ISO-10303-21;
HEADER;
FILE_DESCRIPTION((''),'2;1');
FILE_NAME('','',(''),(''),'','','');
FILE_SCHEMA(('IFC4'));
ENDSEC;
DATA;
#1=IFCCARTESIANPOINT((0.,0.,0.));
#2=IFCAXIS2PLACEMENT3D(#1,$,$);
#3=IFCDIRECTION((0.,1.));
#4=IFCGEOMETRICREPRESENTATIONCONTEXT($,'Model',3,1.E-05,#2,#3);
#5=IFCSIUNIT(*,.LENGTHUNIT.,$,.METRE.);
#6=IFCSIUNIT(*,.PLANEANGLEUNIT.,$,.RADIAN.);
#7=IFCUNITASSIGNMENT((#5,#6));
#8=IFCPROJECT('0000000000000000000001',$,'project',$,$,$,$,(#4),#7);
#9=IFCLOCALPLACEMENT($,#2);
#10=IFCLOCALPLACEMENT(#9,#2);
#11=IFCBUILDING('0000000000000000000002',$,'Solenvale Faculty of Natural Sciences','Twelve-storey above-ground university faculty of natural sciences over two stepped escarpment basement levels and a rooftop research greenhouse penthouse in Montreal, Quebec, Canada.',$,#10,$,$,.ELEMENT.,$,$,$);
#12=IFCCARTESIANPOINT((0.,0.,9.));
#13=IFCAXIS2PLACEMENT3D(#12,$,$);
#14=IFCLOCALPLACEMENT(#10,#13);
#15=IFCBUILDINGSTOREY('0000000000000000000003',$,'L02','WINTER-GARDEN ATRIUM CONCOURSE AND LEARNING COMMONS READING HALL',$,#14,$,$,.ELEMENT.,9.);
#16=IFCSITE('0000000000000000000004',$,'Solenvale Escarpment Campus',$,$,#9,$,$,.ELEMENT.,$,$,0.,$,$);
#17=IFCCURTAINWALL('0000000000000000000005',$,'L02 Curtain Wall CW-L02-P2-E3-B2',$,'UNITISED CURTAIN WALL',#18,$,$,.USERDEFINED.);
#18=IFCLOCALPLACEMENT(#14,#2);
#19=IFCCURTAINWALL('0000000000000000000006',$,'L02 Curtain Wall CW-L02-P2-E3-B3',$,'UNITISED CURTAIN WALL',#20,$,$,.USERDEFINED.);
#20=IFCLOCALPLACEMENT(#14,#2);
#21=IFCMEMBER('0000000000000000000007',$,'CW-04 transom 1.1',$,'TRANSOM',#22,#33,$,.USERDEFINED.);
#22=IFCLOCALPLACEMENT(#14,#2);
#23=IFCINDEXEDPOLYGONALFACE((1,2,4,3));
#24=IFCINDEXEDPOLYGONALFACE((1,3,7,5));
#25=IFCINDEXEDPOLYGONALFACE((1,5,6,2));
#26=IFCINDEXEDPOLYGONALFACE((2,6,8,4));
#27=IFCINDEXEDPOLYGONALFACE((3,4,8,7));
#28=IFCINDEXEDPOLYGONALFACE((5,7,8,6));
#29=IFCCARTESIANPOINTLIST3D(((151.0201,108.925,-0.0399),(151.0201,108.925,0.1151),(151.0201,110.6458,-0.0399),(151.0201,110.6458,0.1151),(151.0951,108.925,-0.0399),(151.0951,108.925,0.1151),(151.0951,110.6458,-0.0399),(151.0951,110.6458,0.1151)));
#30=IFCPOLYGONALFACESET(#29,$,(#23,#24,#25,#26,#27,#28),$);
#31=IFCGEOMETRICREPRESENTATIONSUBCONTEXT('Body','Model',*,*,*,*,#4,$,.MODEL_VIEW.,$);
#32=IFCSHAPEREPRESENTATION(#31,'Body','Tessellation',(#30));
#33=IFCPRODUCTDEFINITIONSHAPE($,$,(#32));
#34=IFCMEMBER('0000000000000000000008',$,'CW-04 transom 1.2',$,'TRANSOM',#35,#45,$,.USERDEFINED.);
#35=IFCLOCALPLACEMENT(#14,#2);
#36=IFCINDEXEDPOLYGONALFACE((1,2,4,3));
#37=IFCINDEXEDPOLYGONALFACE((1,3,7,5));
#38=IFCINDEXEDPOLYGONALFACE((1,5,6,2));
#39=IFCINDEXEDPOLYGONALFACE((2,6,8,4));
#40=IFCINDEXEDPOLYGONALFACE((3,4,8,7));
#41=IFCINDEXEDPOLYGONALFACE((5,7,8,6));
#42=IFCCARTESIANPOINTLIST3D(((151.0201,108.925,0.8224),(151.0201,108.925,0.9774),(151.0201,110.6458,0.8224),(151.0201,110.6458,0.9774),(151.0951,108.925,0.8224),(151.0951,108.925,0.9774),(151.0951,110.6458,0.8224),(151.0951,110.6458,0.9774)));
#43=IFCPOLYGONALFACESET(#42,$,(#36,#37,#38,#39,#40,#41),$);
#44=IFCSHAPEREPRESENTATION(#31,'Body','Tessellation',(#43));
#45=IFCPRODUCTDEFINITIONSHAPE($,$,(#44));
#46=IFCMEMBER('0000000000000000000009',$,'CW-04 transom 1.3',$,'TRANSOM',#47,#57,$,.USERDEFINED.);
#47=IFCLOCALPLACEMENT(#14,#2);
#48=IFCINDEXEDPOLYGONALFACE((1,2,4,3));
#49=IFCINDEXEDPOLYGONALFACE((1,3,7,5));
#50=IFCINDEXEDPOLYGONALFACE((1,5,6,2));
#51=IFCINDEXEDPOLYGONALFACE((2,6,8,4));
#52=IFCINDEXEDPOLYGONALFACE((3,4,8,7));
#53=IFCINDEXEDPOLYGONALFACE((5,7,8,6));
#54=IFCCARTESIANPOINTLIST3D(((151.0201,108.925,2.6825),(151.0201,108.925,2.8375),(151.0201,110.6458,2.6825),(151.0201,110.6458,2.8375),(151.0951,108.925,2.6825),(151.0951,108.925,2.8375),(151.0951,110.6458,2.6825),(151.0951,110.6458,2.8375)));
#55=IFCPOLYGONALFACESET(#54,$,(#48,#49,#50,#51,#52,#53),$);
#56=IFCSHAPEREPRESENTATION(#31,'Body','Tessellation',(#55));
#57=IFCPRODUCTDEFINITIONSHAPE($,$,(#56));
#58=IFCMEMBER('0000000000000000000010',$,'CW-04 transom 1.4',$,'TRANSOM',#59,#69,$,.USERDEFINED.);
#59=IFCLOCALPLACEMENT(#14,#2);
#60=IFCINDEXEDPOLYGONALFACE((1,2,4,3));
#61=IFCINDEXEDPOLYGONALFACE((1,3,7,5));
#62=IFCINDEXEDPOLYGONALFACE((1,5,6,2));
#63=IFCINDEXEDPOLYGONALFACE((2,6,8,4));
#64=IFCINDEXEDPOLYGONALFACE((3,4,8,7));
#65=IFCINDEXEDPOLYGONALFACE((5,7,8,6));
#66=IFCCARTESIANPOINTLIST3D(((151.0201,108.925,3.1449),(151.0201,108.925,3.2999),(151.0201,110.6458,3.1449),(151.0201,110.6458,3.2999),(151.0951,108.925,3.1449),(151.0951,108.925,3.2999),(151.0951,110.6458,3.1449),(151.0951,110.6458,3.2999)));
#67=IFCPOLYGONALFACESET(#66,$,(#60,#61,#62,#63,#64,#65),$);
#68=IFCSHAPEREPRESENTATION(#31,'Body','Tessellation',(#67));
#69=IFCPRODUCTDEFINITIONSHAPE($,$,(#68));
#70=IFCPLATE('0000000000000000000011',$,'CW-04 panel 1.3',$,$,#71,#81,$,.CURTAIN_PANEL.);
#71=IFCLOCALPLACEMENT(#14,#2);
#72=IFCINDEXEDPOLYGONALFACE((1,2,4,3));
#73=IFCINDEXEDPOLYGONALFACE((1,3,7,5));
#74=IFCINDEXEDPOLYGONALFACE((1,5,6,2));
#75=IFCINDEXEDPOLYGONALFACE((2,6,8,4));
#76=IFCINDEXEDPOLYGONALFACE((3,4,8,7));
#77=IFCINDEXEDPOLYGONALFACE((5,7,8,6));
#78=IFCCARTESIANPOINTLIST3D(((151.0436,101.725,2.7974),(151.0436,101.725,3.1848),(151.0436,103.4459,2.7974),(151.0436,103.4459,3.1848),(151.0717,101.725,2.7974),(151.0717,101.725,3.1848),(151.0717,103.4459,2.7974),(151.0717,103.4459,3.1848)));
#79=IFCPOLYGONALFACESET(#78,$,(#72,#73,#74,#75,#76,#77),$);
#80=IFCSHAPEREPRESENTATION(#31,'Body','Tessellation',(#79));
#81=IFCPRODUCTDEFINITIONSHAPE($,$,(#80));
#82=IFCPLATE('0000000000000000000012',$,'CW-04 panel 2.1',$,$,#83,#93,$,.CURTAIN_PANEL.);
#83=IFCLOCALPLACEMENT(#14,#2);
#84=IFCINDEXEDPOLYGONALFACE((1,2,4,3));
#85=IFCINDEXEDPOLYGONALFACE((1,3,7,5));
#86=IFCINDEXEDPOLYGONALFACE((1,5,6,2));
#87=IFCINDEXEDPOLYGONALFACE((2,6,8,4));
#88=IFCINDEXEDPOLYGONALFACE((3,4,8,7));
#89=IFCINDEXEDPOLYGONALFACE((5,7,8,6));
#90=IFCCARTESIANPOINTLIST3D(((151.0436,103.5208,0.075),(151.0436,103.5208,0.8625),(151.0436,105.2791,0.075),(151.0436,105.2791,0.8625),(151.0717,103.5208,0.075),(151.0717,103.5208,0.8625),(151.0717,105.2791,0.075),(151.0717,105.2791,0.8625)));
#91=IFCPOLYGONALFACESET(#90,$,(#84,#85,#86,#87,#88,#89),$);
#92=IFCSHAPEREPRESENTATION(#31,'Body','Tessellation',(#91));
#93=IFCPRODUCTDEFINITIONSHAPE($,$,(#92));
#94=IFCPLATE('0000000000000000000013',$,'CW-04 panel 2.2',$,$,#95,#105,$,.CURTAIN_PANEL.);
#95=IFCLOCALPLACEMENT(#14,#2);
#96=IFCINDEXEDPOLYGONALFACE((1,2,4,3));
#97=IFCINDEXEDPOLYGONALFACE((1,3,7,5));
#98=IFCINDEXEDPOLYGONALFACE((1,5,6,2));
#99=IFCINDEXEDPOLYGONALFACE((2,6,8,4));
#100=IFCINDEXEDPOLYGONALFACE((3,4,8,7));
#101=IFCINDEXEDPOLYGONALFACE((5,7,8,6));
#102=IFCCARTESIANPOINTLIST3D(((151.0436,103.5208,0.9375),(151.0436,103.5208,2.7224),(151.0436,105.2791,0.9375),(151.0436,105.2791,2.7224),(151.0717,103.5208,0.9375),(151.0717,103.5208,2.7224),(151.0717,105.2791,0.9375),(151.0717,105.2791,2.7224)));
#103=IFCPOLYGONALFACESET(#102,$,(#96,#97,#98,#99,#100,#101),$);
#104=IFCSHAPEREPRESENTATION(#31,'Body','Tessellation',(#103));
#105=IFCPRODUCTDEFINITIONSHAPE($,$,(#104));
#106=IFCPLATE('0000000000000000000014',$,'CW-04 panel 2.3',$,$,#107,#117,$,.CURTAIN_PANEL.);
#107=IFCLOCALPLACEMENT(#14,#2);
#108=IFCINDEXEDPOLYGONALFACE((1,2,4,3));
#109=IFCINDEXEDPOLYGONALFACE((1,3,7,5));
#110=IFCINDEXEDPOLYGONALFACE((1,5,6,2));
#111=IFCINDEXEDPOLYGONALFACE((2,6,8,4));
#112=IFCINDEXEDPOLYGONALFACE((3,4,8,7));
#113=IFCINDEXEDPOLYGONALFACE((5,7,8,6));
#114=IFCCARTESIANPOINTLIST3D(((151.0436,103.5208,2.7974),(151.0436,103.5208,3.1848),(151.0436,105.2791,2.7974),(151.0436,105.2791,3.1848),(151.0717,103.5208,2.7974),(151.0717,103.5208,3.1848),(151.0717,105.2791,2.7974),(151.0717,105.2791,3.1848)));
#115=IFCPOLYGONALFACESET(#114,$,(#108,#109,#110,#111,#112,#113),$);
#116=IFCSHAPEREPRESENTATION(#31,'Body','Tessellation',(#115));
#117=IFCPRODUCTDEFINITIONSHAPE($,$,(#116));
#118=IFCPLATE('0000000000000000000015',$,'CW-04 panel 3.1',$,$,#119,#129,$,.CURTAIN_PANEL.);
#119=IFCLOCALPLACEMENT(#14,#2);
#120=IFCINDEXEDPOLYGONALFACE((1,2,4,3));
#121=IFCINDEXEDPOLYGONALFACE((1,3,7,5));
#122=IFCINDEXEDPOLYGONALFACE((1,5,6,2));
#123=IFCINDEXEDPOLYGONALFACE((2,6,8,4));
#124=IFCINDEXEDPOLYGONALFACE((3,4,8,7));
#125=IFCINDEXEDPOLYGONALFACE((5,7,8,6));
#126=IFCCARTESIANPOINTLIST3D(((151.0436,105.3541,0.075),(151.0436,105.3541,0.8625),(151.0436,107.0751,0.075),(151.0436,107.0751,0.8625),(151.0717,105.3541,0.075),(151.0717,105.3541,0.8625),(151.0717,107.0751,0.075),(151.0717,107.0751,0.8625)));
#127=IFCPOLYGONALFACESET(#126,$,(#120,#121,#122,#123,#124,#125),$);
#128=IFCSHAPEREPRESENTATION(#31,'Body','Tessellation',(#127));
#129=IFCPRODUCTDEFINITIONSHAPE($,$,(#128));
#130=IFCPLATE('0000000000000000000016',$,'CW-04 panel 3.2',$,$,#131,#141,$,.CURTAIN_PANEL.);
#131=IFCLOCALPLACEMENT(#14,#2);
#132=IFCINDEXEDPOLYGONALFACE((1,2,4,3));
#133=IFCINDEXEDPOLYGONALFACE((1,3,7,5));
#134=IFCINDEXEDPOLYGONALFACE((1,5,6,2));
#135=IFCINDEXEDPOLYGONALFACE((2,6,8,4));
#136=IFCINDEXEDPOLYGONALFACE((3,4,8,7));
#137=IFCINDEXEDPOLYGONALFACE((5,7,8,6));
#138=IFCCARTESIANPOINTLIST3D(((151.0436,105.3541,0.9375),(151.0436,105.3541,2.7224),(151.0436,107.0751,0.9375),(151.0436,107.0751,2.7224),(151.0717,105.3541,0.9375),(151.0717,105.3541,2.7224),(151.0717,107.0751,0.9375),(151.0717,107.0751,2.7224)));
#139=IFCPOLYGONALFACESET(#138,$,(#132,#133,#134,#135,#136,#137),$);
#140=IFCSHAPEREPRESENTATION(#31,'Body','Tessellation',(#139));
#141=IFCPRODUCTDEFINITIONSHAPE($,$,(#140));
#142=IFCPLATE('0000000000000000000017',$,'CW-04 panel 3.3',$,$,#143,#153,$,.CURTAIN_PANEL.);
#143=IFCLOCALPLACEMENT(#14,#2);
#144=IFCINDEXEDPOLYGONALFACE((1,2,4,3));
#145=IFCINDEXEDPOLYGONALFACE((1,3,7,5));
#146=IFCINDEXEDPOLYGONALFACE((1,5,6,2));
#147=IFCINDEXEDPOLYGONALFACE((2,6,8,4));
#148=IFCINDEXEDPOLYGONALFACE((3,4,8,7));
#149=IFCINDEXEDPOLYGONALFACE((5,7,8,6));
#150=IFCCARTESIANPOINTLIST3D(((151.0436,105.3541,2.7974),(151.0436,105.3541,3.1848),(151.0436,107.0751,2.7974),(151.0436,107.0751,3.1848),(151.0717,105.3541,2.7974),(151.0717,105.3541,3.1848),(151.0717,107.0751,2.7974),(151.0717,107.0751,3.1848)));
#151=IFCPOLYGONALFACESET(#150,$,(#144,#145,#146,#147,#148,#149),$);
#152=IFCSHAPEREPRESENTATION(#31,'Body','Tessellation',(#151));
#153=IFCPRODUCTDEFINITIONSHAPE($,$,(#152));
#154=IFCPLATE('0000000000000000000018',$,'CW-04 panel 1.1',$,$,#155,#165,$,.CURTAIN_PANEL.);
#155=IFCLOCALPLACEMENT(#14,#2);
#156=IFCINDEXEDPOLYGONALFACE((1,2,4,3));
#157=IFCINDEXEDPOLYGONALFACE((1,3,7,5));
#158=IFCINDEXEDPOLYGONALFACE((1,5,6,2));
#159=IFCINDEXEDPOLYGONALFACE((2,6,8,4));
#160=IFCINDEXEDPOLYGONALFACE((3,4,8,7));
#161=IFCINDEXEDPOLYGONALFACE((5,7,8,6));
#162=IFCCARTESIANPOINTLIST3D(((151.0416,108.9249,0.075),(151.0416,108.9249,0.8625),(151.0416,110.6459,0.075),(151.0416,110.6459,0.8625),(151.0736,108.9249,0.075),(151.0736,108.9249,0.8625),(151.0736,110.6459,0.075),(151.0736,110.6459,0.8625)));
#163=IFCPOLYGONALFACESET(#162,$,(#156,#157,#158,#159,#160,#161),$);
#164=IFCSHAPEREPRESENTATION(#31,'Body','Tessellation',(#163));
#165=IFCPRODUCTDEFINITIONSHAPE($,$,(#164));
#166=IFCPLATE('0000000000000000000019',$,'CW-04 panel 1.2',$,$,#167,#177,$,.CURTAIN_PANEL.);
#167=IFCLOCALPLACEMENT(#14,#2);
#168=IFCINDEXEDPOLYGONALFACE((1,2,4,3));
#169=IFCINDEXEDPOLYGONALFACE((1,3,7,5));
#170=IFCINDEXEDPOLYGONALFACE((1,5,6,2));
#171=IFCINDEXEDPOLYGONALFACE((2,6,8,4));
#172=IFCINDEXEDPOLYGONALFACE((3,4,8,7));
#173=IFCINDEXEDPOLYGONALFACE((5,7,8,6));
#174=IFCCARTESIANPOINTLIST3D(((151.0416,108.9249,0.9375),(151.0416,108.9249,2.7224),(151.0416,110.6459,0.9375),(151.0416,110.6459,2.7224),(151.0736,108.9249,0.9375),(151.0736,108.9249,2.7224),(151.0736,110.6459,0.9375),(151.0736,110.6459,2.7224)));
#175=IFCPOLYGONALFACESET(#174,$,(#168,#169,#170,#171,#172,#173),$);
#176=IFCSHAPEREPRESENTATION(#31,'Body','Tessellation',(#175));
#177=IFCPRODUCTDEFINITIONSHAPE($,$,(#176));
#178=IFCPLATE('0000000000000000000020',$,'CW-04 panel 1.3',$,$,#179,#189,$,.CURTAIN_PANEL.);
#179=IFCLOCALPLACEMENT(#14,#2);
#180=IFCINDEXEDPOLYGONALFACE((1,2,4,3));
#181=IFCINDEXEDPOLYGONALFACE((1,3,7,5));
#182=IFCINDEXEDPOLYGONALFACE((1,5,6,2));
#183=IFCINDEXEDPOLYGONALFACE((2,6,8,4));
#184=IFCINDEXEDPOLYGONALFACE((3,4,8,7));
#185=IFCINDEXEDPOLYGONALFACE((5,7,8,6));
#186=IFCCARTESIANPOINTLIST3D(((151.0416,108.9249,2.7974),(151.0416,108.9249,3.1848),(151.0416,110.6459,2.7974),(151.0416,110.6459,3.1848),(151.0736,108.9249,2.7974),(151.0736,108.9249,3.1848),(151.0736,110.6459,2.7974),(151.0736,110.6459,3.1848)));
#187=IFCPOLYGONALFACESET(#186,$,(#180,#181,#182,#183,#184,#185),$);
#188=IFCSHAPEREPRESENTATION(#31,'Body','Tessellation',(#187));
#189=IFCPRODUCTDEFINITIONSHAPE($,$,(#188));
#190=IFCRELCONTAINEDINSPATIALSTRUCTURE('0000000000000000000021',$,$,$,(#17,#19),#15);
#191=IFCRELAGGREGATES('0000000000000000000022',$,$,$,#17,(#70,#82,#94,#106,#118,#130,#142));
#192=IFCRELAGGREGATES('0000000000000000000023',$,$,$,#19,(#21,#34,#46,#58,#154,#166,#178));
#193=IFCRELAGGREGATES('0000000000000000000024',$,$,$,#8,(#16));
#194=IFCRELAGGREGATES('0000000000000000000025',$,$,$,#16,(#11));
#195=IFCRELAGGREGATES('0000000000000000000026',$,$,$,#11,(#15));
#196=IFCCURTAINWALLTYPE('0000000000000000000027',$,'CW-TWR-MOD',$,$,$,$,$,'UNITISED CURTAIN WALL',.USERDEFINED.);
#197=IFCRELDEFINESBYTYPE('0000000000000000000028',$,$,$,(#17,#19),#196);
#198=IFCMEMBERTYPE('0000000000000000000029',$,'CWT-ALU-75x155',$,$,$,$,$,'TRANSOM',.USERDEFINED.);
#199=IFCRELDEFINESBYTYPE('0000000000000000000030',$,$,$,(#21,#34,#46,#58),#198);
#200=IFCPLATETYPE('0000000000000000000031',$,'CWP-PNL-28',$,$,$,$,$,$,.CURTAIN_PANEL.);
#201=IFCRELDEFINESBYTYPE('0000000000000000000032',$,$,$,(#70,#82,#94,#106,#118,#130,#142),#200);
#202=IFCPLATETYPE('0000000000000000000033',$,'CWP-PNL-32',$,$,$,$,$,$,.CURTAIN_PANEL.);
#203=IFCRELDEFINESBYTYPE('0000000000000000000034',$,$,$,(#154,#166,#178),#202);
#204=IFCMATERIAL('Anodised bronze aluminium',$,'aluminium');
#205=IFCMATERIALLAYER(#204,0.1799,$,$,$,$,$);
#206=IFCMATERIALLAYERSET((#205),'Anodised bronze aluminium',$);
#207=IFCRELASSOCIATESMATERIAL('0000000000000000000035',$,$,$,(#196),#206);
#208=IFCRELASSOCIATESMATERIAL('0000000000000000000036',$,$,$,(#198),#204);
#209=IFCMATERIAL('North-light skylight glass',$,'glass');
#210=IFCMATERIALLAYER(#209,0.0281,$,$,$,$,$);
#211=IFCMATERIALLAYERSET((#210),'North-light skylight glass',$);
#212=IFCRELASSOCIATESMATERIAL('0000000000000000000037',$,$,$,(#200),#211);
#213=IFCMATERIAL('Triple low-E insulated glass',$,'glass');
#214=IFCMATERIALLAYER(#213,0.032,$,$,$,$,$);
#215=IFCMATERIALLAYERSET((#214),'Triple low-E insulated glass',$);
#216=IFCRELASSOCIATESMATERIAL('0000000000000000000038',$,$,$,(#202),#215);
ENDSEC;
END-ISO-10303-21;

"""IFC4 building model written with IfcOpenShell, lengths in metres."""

from ifc_helpers import new_model, si_unit, direction, frame, origin, origin_2d, place, context, subcontext, project, spatial, rectangle, extrude, material, layer, layer_set, material_profile, profile_set, type_object, element, aggregate, save


model = new_model("IFC4")

# Units and contexts
model_context = context("Model", 3, precision=1e-05, world=origin(), true_north=direction((0.0, 1.0)))
body_context = subcontext(model_context, "Body", "Model", "MODEL_VIEW")
ifc_project = project(units=[si_unit("LENGTHUNIT", "METRE"), si_unit("PLANEANGLEUNIT", "RADIAN")], contexts=[model_context])

# Site, building, storey
site_placement = place(None, origin())
site = spatial("IfcSite", under=ifc_project, at=site_placement, Name="Solenvale Escarpment Campus", CompositionType="ELEMENT", RefElevation=0.0)
building_placement = place(site_placement, origin())
building = spatial("IfcBuilding", under=site, at=building_placement, Name="Solenvale Faculty of Natural Sciences", Description="Twelve-storey above-ground university faculty of natural sciences over two stepped escarpment basement levels and a rooftop research greenhouse penthouse in Montreal, Quebec, Canada.", CompositionType="ELEMENT")
storey_placement = place(building_placement, frame((0.0, 0.0, 9.0)))
storey = spatial("IfcBuildingStorey", under=building, at=storey_placement, Name="L02", Description="WINTER-GARDEN ATRIUM CONCOURSE AND LEARNING COMMONS READING HALL", CompositionType="ELEMENT", Elevation=9.0)

# Curtain wall
ifc_material_1 = material(Name="Anodised bronze aluminium", Category="aluminium")
ifc_layer_1 = layer(ifc_material_1, 0.1799)
ifc_layer_set_1 = layer_set([ifc_layer_1], Name="Anodised bronze aluminium")
curtain_wall_type = type_object("IfcCurtainWallType", Name="CW-TWR-MOD", ElementType="UNITISED CURTAIN WALL", PredefinedType="USERDEFINED", material=ifc_layer_set_1)
curtain_wall_1_placement = place(storey_placement, origin())
curtain_wall_1 = element("IfcCurtainWall", 1, at=curtain_wall_1_placement, inside=storey, type_object=curtain_wall_type, Name="L02 Curtain Wall CW-L02-P2-E3-B2", ObjectType="UNITISED CURTAIN WALL", PredefinedType="USERDEFINED")

# Curtain wall
curtain_wall_2_placement = place(storey_placement, origin())
curtain_wall_2 = element("IfcCurtainWall", 2, at=curtain_wall_2_placement, inside=storey, type_object=curtain_wall_type, Name="L02 Curtain Wall CW-L02-P2-E3-B3", ObjectType="UNITISED CURTAIN WALL", PredefinedType="USERDEFINED")

# Members
ifc_material_profile_1 = material_profile(ifc_material_1, rectangle(XDim=0.075, YDim=0.155, at=origin_2d()), Name="ALU-TRN-75x155")
ifc_profile_set_1 = profile_set([ifc_material_profile_1], Name="Anodised bronze aluminium")
member_type_1 = type_object("IfcMemberType", Name="CWT-ALU-75x155", ElementType="TRANSOM", PredefinedType="USERDEFINED", material=ifc_profile_set_1)
member_1_placement = place(storey_placement, frame((151.0576, 108.925, 0.0376), z_axis=(0.0, 1.0, 0.0), x_axis=(-1.0, 0.0, 0.0)))
member_1 = element("IfcMember", 3, at=member_1_placement, type_object=member_type_1, Name="CW-04 transom 1.1", ObjectType="TRANSOM", PredefinedType="USERDEFINED", context=body_context, shape_type="SweptSolid", body=[
    extrude(rectangle(XDim=0.075, YDim=0.155, at=origin_2d()), origin(), (0.0, 0.0, 1.0), 1.7207),
])
member_2_placement = place(storey_placement, frame((151.0576, 108.925, 0.8999), z_axis=(0.0, 1.0, 0.0), x_axis=(-1.0, 0.0, 0.0)))
member_2 = element("IfcMember", 4, at=member_2_placement, type_object=member_type_1, Name="CW-04 transom 1.2", ObjectType="TRANSOM", PredefinedType="USERDEFINED", context=body_context, shape_type="SweptSolid", body=[
    extrude(rectangle(XDim=0.075, YDim=0.155, at=origin_2d()), origin(), (0.0, 0.0, 1.0), 1.7207),
])
member_3_placement = place(storey_placement, frame((151.0576, 108.925, 2.76), z_axis=(0.0, 1.0, 0.0), x_axis=(-1.0, 0.0, 0.0)))
member_3 = element("IfcMember", 5, at=member_3_placement, type_object=member_type_1, Name="CW-04 transom 1.3", ObjectType="TRANSOM", PredefinedType="USERDEFINED", context=body_context, shape_type="SweptSolid", body=[
    extrude(rectangle(XDim=0.075, YDim=0.155, at=origin_2d()), origin(), (0.0, 0.0, 1.0), 1.7207),
])
member_4_placement = place(storey_placement, frame((151.0576, 108.925, 3.2224), z_axis=(0.0, 1.0, 0.0), x_axis=(-1.0, 0.0, 0.0)))
member_4 = element("IfcMember", 6, at=member_4_placement, type_object=member_type_1, Name="CW-04 transom 1.4", ObjectType="TRANSOM", PredefinedType="USERDEFINED", context=body_context, shape_type="SweptSolid", body=[
    extrude(rectangle(XDim=0.075, YDim=0.155, at=origin_2d()), origin(), (0.0, 0.0, 1.0), 1.7207),
])

# Plates
ifc_material_2 = material(Name="North-light skylight glass", Category="glass")
ifc_layer_2 = layer(ifc_material_2, 0.0281)
ifc_layer_set_2 = layer_set([ifc_layer_2], Name="North-light skylight glass")
plate_type_1 = type_object("IfcPlateType", Name="CWP-PNL-28", PredefinedType="CURTAIN_PANEL", material=ifc_layer_set_2)
plate_1_placement = place(storey_placement, frame((151.0576, 102.5854, 2.7974), z_axis=(0.0, 0.0, 1.0), x_axis=(0.0, 1.0, 0.0)))
plate_1 = element("IfcPlate", 7, at=plate_1_placement, type_object=plate_type_1, Name="CW-04 panel 1.3", PredefinedType="CURTAIN_PANEL", context=body_context, shape_type="SweptSolid", body=[
    extrude(rectangle(XDim=1.7209, YDim=0.0281, at=origin_2d()), origin(), (0.0, 0.0, 1.0), 0.3875),
])
plate_2_placement = place(storey_placement, frame((151.0576, 104.3999, 0.075), z_axis=(0.0, 0.0, 1.0), x_axis=(0.0, 1.0, 0.0)))
plate_2 = element("IfcPlate", 8, at=plate_2_placement, type_object=plate_type_1, Name="CW-04 panel 2.1", PredefinedType="CURTAIN_PANEL", context=body_context, shape_type="SweptSolid", body=[
    extrude(rectangle(XDim=1.7583, YDim=0.0281, at=origin_2d()), origin(), (0.0, 0.0, 1.0), 0.7876),
])
plate_3_placement = place(storey_placement, frame((151.0576, 104.3999, 0.9375), z_axis=(0.0, 0.0, 1.0), x_axis=(0.0, 1.0, 0.0)))
plate_3 = element("IfcPlate", 9, at=plate_3_placement, type_object=plate_type_1, Name="CW-04 panel 2.2", PredefinedType="CURTAIN_PANEL", context=body_context, shape_type="SweptSolid", body=[
    extrude(rectangle(XDim=1.7583, YDim=0.0281, at=origin_2d()), origin(), (0.0, 0.0, 1.0), 1.7849),
])
plate_4_placement = place(storey_placement, frame((151.0576, 104.3999, 2.7974), z_axis=(0.0, 0.0, 1.0), x_axis=(0.0, 1.0, 0.0)))
plate_4 = element("IfcPlate", 10, at=plate_4_placement, type_object=plate_type_1, Name="CW-04 panel 2.3", PredefinedType="CURTAIN_PANEL", context=body_context, shape_type="SweptSolid", body=[
    extrude(rectangle(XDim=1.7583, YDim=0.0281, at=origin_2d()), origin(), (0.0, 0.0, 1.0), 0.3875),
])
plate_5_placement = place(storey_placement, frame((151.0576, 106.2146, 0.075), z_axis=(0.0, 0.0, 1.0), x_axis=(0.0, 1.0, 0.0)))
plate_5 = element("IfcPlate", 11, at=plate_5_placement, type_object=plate_type_1, Name="CW-04 panel 3.1", PredefinedType="CURTAIN_PANEL", context=body_context, shape_type="SweptSolid", body=[
    extrude(rectangle(XDim=1.7209, YDim=0.0281, at=origin_2d()), origin(), (0.0, 0.0, 1.0), 0.7876),
])
plate_6_placement = place(storey_placement, frame((151.0576, 106.2146, 0.9375), z_axis=(0.0, 0.0, 1.0), x_axis=(0.0, 1.0, 0.0)))
plate_6 = element("IfcPlate", 12, at=plate_6_placement, type_object=plate_type_1, Name="CW-04 panel 3.2", PredefinedType="CURTAIN_PANEL", context=body_context, shape_type="SweptSolid", body=[
    extrude(rectangle(XDim=1.7209, YDim=0.0281, at=origin_2d()), origin(), (0.0, 0.0, 1.0), 1.7849),
])
plate_7_placement = place(storey_placement, frame((151.0576, 106.2146, 2.7974), z_axis=(0.0, 0.0, 1.0), x_axis=(0.0, 1.0, 0.0)))
plate_7 = element("IfcPlate", 13, at=plate_7_placement, type_object=plate_type_1, Name="CW-04 panel 3.3", PredefinedType="CURTAIN_PANEL", context=body_context, shape_type="SweptSolid", body=[
    extrude(rectangle(XDim=1.7209, YDim=0.0281, at=origin_2d()), origin(), (0.0, 0.0, 1.0), 0.3875),
])
aggregate(curtain_wall_1, [plate_1, plate_2, plate_3, plate_4, plate_5, plate_6, plate_7])
ifc_material_3 = material(Name="Triple low-E insulated glass", Category="glass")
ifc_layer_3 = layer(ifc_material_3, 0.032)
ifc_layer_set_3 = layer_set([ifc_layer_3], Name="Triple low-E insulated glass")
plate_type_2 = type_object("IfcPlateType", Name="CWP-PNL-32", PredefinedType="CURTAIN_PANEL", material=ifc_layer_set_3)
plate_8_placement = place(storey_placement, frame((151.0576, 109.7854, 0.075), z_axis=(0.0, 0.0, 1.0), x_axis=(0.0, 1.0, 0.0)))
plate_8 = element("IfcPlate", 14, at=plate_8_placement, type_object=plate_type_2, Name="CW-04 panel 1.1", PredefinedType="CURTAIN_PANEL", context=body_context, shape_type="SweptSolid", body=[
    extrude(rectangle(XDim=1.7209, YDim=0.032, at=origin_2d()), origin(), (0.0, 0.0, 1.0), 0.7876),
])
plate_9_placement = place(storey_placement, frame((151.0576, 109.7854, 0.9375), z_axis=(0.0, 0.0, 1.0), x_axis=(0.0, 1.0, 0.0)))
plate_9 = element("IfcPlate", 15, at=plate_9_placement, type_object=plate_type_2, Name="CW-04 panel 1.2", PredefinedType="CURTAIN_PANEL", context=body_context, shape_type="SweptSolid", body=[
    extrude(rectangle(XDim=1.7209, YDim=0.032, at=origin_2d()), origin(), (0.0, 0.0, 1.0), 1.7849),
])
plate_10_placement = place(storey_placement, frame((151.0576, 109.7854, 2.7974), z_axis=(0.0, 0.0, 1.0), x_axis=(0.0, 1.0, 0.0)))
plate_10 = element("IfcPlate", 16, at=plate_10_placement, type_object=plate_type_2, Name="CW-04 panel 1.3", PredefinedType="CURTAIN_PANEL", context=body_context, shape_type="SweptSolid", body=[
    extrude(rectangle(XDim=1.7209, YDim=0.032, at=origin_2d()), origin(), (0.0, 0.0, 1.0), 0.3875),
])
aggregate(curtain_wall_2, [member_1, member_2, member_3, member_4, plate_8, plate_9, plate_10])

save(model, "model.ifc")
